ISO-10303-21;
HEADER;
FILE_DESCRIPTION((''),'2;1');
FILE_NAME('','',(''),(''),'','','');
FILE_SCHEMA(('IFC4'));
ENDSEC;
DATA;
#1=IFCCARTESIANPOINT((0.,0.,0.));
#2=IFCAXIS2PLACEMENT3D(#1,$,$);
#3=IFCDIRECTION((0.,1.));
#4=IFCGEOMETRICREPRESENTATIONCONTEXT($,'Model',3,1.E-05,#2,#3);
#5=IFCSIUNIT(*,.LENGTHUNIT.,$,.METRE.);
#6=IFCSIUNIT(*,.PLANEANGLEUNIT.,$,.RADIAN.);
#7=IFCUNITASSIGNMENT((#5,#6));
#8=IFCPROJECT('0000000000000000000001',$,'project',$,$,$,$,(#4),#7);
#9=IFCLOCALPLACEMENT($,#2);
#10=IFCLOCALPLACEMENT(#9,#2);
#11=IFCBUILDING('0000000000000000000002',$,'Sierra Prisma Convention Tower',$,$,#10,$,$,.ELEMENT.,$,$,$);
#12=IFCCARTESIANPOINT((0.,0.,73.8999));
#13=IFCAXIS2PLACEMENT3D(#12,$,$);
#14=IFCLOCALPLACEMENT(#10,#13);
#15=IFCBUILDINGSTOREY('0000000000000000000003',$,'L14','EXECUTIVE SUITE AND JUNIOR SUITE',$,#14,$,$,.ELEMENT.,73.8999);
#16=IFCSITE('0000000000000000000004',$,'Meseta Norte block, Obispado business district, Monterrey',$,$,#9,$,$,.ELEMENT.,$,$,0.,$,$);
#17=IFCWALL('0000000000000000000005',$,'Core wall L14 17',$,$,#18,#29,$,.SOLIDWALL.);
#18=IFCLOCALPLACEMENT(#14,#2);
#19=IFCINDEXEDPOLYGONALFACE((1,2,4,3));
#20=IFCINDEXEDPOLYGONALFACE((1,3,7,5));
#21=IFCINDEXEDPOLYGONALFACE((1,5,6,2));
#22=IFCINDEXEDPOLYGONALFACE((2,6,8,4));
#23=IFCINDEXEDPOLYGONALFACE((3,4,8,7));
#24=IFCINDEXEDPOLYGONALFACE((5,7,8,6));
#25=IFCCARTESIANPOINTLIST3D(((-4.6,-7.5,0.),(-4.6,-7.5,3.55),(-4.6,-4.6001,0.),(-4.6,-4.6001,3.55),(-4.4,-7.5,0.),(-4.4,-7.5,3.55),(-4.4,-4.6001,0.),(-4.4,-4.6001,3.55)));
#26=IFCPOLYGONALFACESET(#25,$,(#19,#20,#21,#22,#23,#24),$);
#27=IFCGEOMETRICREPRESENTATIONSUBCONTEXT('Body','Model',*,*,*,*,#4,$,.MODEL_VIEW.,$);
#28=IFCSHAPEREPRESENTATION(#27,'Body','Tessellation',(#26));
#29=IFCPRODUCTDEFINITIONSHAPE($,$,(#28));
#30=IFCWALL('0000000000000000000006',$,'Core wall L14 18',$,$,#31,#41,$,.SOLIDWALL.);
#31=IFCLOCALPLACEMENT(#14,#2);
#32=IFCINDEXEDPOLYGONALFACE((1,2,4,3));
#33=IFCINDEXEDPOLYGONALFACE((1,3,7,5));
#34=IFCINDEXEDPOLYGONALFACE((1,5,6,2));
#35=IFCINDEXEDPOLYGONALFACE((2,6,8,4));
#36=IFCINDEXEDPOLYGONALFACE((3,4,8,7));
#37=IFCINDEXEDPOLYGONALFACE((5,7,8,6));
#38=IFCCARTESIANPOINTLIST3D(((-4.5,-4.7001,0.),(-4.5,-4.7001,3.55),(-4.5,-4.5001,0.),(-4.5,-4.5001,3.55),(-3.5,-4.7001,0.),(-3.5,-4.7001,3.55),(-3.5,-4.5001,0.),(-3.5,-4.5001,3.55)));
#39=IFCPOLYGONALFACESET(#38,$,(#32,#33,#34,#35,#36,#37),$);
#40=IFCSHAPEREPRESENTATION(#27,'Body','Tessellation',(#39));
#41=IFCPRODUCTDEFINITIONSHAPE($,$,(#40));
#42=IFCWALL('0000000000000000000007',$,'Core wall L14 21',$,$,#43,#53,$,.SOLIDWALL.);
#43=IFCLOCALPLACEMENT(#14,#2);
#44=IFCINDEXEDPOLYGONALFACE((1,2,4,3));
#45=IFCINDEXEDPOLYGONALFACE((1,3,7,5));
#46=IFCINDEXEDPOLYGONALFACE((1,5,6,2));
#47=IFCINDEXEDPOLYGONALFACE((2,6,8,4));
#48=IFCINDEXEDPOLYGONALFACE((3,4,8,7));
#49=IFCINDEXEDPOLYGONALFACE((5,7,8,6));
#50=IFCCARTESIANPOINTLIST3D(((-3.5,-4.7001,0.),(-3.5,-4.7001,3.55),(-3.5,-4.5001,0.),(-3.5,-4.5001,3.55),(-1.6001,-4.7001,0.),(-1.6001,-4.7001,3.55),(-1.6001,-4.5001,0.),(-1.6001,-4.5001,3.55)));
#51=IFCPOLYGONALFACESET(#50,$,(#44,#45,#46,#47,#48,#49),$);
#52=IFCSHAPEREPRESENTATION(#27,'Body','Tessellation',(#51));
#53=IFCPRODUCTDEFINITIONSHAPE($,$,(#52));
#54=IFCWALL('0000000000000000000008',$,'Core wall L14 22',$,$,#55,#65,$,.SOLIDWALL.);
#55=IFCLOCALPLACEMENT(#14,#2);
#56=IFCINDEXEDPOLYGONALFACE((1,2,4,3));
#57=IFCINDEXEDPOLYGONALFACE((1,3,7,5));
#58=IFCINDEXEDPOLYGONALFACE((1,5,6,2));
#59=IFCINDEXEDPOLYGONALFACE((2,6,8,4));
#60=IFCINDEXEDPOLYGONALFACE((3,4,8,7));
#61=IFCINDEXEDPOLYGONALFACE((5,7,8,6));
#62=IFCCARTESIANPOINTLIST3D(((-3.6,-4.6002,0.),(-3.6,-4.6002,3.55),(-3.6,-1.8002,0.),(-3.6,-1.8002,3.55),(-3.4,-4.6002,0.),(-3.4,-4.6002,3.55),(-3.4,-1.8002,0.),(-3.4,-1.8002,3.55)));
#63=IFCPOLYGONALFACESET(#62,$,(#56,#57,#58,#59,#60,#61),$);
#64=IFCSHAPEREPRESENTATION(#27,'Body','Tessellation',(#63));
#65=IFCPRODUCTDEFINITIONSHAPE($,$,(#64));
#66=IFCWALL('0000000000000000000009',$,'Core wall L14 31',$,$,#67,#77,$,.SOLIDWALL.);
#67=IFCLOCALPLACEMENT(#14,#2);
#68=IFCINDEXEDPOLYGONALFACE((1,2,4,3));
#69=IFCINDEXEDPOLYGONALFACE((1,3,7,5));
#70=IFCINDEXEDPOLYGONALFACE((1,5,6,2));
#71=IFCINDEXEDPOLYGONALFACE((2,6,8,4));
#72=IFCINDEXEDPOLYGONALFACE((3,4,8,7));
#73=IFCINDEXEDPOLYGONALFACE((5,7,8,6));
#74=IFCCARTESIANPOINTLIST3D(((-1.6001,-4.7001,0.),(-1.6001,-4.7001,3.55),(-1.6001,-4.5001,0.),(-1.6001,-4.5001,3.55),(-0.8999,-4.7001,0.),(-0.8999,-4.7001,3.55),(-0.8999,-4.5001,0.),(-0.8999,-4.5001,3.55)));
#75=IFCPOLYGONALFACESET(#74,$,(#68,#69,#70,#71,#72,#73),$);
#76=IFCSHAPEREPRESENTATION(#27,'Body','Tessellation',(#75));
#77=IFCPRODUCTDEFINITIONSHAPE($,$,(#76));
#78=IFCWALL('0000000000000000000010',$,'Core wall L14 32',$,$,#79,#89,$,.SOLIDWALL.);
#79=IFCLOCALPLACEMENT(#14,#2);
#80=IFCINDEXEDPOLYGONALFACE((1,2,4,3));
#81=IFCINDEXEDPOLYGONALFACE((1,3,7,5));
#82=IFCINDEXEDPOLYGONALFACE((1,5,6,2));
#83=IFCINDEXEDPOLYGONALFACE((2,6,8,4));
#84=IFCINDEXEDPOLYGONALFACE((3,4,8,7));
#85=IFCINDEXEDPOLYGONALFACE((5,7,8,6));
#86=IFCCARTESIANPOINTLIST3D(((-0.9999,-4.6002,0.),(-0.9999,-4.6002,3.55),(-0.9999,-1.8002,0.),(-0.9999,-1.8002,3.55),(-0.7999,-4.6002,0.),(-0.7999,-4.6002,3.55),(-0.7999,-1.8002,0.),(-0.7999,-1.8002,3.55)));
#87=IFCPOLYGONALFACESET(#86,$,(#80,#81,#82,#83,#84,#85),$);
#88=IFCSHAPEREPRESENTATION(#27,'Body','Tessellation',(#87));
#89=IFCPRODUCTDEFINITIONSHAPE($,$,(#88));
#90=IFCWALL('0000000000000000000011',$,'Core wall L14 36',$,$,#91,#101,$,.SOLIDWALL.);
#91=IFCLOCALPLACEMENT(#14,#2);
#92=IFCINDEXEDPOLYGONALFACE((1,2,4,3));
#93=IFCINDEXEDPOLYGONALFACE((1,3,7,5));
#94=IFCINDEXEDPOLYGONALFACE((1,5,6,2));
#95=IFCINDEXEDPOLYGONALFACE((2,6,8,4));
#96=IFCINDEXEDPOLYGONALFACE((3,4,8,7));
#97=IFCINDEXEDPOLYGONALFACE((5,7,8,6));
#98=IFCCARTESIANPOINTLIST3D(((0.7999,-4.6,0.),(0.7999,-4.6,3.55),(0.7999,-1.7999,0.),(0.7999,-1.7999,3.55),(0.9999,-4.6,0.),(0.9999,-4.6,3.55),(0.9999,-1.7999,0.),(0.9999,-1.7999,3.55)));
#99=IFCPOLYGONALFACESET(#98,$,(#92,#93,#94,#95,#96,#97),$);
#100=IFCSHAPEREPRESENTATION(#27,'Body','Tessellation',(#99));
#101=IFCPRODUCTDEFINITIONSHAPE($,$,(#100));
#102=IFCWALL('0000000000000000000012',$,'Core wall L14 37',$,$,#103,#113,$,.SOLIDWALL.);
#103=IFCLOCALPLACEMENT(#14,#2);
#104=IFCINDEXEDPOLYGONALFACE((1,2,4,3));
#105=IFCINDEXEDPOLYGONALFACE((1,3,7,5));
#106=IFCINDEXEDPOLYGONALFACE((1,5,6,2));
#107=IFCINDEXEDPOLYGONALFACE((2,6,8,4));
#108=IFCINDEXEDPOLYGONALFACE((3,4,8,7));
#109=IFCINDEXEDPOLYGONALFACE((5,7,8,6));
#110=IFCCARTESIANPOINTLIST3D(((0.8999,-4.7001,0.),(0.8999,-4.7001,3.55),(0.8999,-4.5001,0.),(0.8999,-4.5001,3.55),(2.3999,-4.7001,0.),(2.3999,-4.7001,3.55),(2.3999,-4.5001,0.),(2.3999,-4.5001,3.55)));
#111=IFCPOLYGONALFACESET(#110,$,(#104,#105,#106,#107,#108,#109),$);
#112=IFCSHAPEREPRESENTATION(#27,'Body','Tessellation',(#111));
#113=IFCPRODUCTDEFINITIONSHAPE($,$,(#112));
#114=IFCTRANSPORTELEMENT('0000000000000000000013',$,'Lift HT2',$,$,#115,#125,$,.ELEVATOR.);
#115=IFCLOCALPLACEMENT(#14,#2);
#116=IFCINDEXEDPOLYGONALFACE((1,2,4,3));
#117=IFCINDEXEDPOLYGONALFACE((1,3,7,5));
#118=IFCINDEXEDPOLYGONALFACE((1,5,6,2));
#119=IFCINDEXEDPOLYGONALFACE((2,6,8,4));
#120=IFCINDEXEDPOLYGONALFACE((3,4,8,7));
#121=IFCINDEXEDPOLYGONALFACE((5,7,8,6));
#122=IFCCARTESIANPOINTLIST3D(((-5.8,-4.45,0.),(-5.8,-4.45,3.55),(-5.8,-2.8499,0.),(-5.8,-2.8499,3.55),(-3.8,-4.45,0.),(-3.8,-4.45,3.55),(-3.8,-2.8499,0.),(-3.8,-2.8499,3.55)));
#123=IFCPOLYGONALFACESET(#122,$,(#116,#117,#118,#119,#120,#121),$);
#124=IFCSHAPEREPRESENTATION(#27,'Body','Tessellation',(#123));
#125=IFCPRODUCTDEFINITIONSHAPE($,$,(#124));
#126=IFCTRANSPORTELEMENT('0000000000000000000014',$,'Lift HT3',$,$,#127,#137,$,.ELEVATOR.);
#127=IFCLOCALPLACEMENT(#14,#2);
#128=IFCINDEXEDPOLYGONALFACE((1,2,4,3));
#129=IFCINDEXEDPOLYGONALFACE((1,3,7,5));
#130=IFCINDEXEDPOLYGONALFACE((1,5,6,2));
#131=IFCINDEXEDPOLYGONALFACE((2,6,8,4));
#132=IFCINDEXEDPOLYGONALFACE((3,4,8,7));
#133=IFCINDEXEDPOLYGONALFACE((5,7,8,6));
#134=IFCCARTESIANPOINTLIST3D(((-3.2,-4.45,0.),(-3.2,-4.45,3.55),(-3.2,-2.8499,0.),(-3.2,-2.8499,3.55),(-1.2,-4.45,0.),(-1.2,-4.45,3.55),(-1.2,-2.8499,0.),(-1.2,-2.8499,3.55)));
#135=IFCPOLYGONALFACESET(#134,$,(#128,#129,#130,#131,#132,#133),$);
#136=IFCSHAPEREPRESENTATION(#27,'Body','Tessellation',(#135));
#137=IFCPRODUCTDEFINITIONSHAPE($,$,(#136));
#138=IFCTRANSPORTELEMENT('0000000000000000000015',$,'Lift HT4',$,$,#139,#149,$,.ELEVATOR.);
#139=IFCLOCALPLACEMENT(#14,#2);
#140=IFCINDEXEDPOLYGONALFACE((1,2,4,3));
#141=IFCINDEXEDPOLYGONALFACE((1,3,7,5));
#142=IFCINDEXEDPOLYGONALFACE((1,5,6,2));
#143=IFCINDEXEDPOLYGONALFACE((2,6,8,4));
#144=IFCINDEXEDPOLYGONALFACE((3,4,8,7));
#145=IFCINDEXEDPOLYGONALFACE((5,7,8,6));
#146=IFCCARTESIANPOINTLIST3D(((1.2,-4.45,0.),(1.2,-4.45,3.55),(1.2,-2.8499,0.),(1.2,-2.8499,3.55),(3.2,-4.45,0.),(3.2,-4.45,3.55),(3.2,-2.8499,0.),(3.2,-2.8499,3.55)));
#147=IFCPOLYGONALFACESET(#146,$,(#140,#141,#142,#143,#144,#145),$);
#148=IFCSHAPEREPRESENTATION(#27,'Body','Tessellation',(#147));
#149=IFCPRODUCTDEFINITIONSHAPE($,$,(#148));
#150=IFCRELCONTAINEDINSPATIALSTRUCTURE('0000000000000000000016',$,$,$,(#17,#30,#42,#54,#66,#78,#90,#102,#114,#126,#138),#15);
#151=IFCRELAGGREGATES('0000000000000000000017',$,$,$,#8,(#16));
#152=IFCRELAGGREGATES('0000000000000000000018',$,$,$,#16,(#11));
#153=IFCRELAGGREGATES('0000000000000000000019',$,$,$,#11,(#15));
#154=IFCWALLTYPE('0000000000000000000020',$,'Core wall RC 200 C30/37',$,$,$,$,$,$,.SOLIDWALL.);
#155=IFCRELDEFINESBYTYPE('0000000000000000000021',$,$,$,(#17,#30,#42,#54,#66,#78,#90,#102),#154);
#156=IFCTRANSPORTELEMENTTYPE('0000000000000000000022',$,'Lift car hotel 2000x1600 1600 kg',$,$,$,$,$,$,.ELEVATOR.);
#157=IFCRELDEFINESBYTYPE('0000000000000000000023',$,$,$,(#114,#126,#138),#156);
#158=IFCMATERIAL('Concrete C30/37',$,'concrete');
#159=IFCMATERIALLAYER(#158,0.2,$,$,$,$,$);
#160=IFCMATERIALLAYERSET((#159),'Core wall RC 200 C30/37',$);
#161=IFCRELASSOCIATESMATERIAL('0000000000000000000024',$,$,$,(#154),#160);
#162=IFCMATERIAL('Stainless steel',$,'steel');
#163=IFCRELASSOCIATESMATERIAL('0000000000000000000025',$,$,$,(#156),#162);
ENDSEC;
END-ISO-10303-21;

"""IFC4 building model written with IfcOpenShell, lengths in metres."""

from ifc_helpers import new_model, si_unit, direction, frame, frame_2d, origin, origin_2d, place, context, subcontext, project, spatial, rectangle, extrude, material, layer, layer_set, type_object, element, save


model = new_model("IFC4")

# Units and contexts
model_context = context("Model", 3, precision=1e-05, world=origin(), true_north=direction((0.0, 1.0)))
body_context = subcontext(model_context, "Body", "Model", "MODEL_VIEW")
ifc_project = project(units=[si_unit("LENGTHUNIT", "METRE"), si_unit("PLANEANGLEUNIT", "RADIAN")], contexts=[model_context])

# Site, building, storey
site_placement = place(None, origin())
site = spatial("IfcSite", under=ifc_project, at=site_placement, Name="Meseta Norte block, Obispado business district, Monterrey", CompositionType="ELEMENT", RefElevation=0.0)
building_placement = place(site_placement, origin())
building = spatial("IfcBuilding", under=site, at=building_placement, Name="Sierra Prisma Convention Tower", CompositionType="ELEMENT")
storey_placement = place(building_placement, frame((0.0, 0.0, 73.8999)))
storey = spatial("IfcBuildingStorey", under=building, at=storey_placement, Name="L14", Description="EXECUTIVE SUITE AND JUNIOR SUITE", CompositionType="ELEMENT", Elevation=73.8999)

# Shared definitions
ifc_material_1 = material(Name="Concrete C30/37", Category="concrete")
ifc_layer = layer(ifc_material_1, 0.2)
ifc_layer_set = layer_set([ifc_layer], Name="Core wall RC 200 C30/37")
wall_type = type_object("IfcWallType", Name="Core wall RC 200 C30/37", PredefinedType="SOLIDWALL", material=ifc_layer_set)

# Walls
wall_1_placement = place(storey_placement, frame((-4.5, -4.6001, 0.0), z_axis=(0.0, 0.0, 1.0), x_axis=(0.0, -1.0, 0.0)))
element("IfcWall", 1, at=wall_1_placement, inside=storey, type_object=wall_type, Name="Core wall L14 17", PredefinedType="SOLIDWALL", context=body_context, shape_type="SweptSolid", body=[
    extrude(rectangle(XDim=2.8999, YDim=0.2, at=frame_2d((1.45, 0.0))), origin(), (0.0, 0.0, 1.0), 3.55),
])
wall_2_placement = place(storey_placement, frame((-4.5, -4.6001, 0.0), z_axis=(0.0, 0.0, 1.0), x_axis=(1.0, 0.0, 0.0)))
element("IfcWall", 2, at=wall_2_placement, inside=storey, type_object=wall_type, Name="Core wall L14 18", PredefinedType="SOLIDWALL", context=body_context, shape_type="SweptSolid", body=[
    extrude(rectangle(XDim=1.0, YDim=0.2, at=frame_2d((0.5, 0.0))), origin(), (0.0, 0.0, 1.0), 3.55),
])
wall_3_placement = place(storey_placement, frame((-3.5, -4.6001, 0.0), z_axis=(0.0, 0.0, 1.0), x_axis=(1.0, 0.0, 0.0)))
element("IfcWall", 3, at=wall_3_placement, inside=storey, type_object=wall_type, Name="Core wall L14 21", PredefinedType="SOLIDWALL", context=body_context, shape_type="SweptSolid", body=[
    extrude(rectangle(XDim=1.8999, YDim=0.2, at=frame_2d((0.95, 0.0))), origin(), (0.0, 0.0, 1.0), 3.55),
])
wall_4_placement = place(storey_placement, frame((-3.5, -4.6001, 0.0), z_axis=(0.0, 0.0, 1.0), x_axis=(0.0, 1.0, 0.0)))
element("IfcWall", 4, at=wall_4_placement, inside=storey, type_object=wall_type, Name="Core wall L14 22", PredefinedType="SOLIDWALL", context=body_context, shape_type="SweptSolid", body=[
    extrude(rectangle(XDim=2.8, YDim=0.2, at=frame_2d((1.3999, 0.0))), origin(), (0.0, 0.0, 1.0), 3.55),
])

# Walls
wall_5_placement = place(storey_placement, frame((-1.6001, -4.6001, 0.0), z_axis=(0.0, 0.0, 1.0), x_axis=(1.0, 0.0, 0.0)))
element("IfcWall", 5, at=wall_5_placement, inside=storey, type_object=wall_type, Name="Core wall L14 31", PredefinedType="SOLIDWALL", context=body_context, shape_type="SweptSolid", body=[
    extrude(rectangle(XDim=0.7002, YDim=0.2, at=frame_2d((0.3501, 0.0))), origin(), (0.0, 0.0, 1.0), 3.55),
])
wall_6_placement = place(storey_placement, frame((-0.8999, -4.6001, 0.0), z_axis=(0.0, 0.0, 1.0), x_axis=(0.0, 1.0, 0.0)))
element("IfcWall", 6, at=wall_6_placement, inside=storey, type_object=wall_type, Name="Core wall L14 32", PredefinedType="SOLIDWALL", context=body_context, shape_type="SweptSolid", body=[
    extrude(rectangle(XDim=2.8, YDim=0.2, at=frame_2d((1.3999, 0.0))), origin(), (0.0, 0.0, 1.0), 3.55),
])

# Walls
wall_7_placement = place(storey_placement, frame((0.8999, -1.8, 0.0), z_axis=(0.0, 0.0, 1.0), x_axis=(0.0, -1.0, 0.0)))
element("IfcWall", 7, at=wall_7_placement, inside=storey, type_object=wall_type, Name="Core wall L14 36", PredefinedType="SOLIDWALL", context=body_context, shape_type="SweptSolid", body=[
    extrude(rectangle(XDim=2.8, YDim=0.2, at=frame_2d((1.3999, 0.0))), origin(), (0.0, 0.0, 1.0), 3.55),
])
wall_8_placement = place(storey_placement, frame((0.8999, -4.6001, 0.0), z_axis=(0.0, 0.0, 1.0), x_axis=(1.0, 0.0, 0.0)))
element("IfcWall", 8, at=wall_8_placement, inside=storey, type_object=wall_type, Name="Core wall L14 37", PredefinedType="SOLIDWALL", context=body_context, shape_type="SweptSolid", body=[
    extrude(rectangle(XDim=1.5, YDim=0.2, at=frame_2d((0.75, 0.0))), origin(), (0.0, 0.0, 1.0), 3.55),
])

# Transport elements
ifc_material_2 = material(Name="Stainless steel", Category="steel")
transport_element_type = type_object("IfcTransportElementType", Name="Lift car hotel 2000x1600 1600 kg", PredefinedType="ELEVATOR", material=ifc_material_2)
for number, where, z_axis, x_axis, name in (
    (9, (-4.8, -3.6499, 0.0), (0.0, 0.0, 1.0), (1.0, 0.0, 0.0), "Lift HT2"),
    (10, (-2.2, -3.6499, 0.0), (0.0, 0.0, 1.0), (1.0, 0.0, 0.0), "Lift HT3"),
    (11, (2.2, -3.6499, 0.0), (0.0, 0.0, 1.0), (1.0, 0.0, 0.0), "Lift HT4"),
):
    element("IfcTransportElement", number, at=place(storey_placement, frame(where, z_axis=z_axis, x_axis=x_axis)), inside=storey, type_object=transport_element_type, Name=name, PredefinedType="ELEVATOR", context=body_context, shape_type="SweptSolid", body=[
        extrude(rectangle(XDim=2.0, YDim=1.6001, at=origin_2d()), origin(), (0.0, 0.0, 1.0), 3.55),
    ])

save(model, "model.ifc")
